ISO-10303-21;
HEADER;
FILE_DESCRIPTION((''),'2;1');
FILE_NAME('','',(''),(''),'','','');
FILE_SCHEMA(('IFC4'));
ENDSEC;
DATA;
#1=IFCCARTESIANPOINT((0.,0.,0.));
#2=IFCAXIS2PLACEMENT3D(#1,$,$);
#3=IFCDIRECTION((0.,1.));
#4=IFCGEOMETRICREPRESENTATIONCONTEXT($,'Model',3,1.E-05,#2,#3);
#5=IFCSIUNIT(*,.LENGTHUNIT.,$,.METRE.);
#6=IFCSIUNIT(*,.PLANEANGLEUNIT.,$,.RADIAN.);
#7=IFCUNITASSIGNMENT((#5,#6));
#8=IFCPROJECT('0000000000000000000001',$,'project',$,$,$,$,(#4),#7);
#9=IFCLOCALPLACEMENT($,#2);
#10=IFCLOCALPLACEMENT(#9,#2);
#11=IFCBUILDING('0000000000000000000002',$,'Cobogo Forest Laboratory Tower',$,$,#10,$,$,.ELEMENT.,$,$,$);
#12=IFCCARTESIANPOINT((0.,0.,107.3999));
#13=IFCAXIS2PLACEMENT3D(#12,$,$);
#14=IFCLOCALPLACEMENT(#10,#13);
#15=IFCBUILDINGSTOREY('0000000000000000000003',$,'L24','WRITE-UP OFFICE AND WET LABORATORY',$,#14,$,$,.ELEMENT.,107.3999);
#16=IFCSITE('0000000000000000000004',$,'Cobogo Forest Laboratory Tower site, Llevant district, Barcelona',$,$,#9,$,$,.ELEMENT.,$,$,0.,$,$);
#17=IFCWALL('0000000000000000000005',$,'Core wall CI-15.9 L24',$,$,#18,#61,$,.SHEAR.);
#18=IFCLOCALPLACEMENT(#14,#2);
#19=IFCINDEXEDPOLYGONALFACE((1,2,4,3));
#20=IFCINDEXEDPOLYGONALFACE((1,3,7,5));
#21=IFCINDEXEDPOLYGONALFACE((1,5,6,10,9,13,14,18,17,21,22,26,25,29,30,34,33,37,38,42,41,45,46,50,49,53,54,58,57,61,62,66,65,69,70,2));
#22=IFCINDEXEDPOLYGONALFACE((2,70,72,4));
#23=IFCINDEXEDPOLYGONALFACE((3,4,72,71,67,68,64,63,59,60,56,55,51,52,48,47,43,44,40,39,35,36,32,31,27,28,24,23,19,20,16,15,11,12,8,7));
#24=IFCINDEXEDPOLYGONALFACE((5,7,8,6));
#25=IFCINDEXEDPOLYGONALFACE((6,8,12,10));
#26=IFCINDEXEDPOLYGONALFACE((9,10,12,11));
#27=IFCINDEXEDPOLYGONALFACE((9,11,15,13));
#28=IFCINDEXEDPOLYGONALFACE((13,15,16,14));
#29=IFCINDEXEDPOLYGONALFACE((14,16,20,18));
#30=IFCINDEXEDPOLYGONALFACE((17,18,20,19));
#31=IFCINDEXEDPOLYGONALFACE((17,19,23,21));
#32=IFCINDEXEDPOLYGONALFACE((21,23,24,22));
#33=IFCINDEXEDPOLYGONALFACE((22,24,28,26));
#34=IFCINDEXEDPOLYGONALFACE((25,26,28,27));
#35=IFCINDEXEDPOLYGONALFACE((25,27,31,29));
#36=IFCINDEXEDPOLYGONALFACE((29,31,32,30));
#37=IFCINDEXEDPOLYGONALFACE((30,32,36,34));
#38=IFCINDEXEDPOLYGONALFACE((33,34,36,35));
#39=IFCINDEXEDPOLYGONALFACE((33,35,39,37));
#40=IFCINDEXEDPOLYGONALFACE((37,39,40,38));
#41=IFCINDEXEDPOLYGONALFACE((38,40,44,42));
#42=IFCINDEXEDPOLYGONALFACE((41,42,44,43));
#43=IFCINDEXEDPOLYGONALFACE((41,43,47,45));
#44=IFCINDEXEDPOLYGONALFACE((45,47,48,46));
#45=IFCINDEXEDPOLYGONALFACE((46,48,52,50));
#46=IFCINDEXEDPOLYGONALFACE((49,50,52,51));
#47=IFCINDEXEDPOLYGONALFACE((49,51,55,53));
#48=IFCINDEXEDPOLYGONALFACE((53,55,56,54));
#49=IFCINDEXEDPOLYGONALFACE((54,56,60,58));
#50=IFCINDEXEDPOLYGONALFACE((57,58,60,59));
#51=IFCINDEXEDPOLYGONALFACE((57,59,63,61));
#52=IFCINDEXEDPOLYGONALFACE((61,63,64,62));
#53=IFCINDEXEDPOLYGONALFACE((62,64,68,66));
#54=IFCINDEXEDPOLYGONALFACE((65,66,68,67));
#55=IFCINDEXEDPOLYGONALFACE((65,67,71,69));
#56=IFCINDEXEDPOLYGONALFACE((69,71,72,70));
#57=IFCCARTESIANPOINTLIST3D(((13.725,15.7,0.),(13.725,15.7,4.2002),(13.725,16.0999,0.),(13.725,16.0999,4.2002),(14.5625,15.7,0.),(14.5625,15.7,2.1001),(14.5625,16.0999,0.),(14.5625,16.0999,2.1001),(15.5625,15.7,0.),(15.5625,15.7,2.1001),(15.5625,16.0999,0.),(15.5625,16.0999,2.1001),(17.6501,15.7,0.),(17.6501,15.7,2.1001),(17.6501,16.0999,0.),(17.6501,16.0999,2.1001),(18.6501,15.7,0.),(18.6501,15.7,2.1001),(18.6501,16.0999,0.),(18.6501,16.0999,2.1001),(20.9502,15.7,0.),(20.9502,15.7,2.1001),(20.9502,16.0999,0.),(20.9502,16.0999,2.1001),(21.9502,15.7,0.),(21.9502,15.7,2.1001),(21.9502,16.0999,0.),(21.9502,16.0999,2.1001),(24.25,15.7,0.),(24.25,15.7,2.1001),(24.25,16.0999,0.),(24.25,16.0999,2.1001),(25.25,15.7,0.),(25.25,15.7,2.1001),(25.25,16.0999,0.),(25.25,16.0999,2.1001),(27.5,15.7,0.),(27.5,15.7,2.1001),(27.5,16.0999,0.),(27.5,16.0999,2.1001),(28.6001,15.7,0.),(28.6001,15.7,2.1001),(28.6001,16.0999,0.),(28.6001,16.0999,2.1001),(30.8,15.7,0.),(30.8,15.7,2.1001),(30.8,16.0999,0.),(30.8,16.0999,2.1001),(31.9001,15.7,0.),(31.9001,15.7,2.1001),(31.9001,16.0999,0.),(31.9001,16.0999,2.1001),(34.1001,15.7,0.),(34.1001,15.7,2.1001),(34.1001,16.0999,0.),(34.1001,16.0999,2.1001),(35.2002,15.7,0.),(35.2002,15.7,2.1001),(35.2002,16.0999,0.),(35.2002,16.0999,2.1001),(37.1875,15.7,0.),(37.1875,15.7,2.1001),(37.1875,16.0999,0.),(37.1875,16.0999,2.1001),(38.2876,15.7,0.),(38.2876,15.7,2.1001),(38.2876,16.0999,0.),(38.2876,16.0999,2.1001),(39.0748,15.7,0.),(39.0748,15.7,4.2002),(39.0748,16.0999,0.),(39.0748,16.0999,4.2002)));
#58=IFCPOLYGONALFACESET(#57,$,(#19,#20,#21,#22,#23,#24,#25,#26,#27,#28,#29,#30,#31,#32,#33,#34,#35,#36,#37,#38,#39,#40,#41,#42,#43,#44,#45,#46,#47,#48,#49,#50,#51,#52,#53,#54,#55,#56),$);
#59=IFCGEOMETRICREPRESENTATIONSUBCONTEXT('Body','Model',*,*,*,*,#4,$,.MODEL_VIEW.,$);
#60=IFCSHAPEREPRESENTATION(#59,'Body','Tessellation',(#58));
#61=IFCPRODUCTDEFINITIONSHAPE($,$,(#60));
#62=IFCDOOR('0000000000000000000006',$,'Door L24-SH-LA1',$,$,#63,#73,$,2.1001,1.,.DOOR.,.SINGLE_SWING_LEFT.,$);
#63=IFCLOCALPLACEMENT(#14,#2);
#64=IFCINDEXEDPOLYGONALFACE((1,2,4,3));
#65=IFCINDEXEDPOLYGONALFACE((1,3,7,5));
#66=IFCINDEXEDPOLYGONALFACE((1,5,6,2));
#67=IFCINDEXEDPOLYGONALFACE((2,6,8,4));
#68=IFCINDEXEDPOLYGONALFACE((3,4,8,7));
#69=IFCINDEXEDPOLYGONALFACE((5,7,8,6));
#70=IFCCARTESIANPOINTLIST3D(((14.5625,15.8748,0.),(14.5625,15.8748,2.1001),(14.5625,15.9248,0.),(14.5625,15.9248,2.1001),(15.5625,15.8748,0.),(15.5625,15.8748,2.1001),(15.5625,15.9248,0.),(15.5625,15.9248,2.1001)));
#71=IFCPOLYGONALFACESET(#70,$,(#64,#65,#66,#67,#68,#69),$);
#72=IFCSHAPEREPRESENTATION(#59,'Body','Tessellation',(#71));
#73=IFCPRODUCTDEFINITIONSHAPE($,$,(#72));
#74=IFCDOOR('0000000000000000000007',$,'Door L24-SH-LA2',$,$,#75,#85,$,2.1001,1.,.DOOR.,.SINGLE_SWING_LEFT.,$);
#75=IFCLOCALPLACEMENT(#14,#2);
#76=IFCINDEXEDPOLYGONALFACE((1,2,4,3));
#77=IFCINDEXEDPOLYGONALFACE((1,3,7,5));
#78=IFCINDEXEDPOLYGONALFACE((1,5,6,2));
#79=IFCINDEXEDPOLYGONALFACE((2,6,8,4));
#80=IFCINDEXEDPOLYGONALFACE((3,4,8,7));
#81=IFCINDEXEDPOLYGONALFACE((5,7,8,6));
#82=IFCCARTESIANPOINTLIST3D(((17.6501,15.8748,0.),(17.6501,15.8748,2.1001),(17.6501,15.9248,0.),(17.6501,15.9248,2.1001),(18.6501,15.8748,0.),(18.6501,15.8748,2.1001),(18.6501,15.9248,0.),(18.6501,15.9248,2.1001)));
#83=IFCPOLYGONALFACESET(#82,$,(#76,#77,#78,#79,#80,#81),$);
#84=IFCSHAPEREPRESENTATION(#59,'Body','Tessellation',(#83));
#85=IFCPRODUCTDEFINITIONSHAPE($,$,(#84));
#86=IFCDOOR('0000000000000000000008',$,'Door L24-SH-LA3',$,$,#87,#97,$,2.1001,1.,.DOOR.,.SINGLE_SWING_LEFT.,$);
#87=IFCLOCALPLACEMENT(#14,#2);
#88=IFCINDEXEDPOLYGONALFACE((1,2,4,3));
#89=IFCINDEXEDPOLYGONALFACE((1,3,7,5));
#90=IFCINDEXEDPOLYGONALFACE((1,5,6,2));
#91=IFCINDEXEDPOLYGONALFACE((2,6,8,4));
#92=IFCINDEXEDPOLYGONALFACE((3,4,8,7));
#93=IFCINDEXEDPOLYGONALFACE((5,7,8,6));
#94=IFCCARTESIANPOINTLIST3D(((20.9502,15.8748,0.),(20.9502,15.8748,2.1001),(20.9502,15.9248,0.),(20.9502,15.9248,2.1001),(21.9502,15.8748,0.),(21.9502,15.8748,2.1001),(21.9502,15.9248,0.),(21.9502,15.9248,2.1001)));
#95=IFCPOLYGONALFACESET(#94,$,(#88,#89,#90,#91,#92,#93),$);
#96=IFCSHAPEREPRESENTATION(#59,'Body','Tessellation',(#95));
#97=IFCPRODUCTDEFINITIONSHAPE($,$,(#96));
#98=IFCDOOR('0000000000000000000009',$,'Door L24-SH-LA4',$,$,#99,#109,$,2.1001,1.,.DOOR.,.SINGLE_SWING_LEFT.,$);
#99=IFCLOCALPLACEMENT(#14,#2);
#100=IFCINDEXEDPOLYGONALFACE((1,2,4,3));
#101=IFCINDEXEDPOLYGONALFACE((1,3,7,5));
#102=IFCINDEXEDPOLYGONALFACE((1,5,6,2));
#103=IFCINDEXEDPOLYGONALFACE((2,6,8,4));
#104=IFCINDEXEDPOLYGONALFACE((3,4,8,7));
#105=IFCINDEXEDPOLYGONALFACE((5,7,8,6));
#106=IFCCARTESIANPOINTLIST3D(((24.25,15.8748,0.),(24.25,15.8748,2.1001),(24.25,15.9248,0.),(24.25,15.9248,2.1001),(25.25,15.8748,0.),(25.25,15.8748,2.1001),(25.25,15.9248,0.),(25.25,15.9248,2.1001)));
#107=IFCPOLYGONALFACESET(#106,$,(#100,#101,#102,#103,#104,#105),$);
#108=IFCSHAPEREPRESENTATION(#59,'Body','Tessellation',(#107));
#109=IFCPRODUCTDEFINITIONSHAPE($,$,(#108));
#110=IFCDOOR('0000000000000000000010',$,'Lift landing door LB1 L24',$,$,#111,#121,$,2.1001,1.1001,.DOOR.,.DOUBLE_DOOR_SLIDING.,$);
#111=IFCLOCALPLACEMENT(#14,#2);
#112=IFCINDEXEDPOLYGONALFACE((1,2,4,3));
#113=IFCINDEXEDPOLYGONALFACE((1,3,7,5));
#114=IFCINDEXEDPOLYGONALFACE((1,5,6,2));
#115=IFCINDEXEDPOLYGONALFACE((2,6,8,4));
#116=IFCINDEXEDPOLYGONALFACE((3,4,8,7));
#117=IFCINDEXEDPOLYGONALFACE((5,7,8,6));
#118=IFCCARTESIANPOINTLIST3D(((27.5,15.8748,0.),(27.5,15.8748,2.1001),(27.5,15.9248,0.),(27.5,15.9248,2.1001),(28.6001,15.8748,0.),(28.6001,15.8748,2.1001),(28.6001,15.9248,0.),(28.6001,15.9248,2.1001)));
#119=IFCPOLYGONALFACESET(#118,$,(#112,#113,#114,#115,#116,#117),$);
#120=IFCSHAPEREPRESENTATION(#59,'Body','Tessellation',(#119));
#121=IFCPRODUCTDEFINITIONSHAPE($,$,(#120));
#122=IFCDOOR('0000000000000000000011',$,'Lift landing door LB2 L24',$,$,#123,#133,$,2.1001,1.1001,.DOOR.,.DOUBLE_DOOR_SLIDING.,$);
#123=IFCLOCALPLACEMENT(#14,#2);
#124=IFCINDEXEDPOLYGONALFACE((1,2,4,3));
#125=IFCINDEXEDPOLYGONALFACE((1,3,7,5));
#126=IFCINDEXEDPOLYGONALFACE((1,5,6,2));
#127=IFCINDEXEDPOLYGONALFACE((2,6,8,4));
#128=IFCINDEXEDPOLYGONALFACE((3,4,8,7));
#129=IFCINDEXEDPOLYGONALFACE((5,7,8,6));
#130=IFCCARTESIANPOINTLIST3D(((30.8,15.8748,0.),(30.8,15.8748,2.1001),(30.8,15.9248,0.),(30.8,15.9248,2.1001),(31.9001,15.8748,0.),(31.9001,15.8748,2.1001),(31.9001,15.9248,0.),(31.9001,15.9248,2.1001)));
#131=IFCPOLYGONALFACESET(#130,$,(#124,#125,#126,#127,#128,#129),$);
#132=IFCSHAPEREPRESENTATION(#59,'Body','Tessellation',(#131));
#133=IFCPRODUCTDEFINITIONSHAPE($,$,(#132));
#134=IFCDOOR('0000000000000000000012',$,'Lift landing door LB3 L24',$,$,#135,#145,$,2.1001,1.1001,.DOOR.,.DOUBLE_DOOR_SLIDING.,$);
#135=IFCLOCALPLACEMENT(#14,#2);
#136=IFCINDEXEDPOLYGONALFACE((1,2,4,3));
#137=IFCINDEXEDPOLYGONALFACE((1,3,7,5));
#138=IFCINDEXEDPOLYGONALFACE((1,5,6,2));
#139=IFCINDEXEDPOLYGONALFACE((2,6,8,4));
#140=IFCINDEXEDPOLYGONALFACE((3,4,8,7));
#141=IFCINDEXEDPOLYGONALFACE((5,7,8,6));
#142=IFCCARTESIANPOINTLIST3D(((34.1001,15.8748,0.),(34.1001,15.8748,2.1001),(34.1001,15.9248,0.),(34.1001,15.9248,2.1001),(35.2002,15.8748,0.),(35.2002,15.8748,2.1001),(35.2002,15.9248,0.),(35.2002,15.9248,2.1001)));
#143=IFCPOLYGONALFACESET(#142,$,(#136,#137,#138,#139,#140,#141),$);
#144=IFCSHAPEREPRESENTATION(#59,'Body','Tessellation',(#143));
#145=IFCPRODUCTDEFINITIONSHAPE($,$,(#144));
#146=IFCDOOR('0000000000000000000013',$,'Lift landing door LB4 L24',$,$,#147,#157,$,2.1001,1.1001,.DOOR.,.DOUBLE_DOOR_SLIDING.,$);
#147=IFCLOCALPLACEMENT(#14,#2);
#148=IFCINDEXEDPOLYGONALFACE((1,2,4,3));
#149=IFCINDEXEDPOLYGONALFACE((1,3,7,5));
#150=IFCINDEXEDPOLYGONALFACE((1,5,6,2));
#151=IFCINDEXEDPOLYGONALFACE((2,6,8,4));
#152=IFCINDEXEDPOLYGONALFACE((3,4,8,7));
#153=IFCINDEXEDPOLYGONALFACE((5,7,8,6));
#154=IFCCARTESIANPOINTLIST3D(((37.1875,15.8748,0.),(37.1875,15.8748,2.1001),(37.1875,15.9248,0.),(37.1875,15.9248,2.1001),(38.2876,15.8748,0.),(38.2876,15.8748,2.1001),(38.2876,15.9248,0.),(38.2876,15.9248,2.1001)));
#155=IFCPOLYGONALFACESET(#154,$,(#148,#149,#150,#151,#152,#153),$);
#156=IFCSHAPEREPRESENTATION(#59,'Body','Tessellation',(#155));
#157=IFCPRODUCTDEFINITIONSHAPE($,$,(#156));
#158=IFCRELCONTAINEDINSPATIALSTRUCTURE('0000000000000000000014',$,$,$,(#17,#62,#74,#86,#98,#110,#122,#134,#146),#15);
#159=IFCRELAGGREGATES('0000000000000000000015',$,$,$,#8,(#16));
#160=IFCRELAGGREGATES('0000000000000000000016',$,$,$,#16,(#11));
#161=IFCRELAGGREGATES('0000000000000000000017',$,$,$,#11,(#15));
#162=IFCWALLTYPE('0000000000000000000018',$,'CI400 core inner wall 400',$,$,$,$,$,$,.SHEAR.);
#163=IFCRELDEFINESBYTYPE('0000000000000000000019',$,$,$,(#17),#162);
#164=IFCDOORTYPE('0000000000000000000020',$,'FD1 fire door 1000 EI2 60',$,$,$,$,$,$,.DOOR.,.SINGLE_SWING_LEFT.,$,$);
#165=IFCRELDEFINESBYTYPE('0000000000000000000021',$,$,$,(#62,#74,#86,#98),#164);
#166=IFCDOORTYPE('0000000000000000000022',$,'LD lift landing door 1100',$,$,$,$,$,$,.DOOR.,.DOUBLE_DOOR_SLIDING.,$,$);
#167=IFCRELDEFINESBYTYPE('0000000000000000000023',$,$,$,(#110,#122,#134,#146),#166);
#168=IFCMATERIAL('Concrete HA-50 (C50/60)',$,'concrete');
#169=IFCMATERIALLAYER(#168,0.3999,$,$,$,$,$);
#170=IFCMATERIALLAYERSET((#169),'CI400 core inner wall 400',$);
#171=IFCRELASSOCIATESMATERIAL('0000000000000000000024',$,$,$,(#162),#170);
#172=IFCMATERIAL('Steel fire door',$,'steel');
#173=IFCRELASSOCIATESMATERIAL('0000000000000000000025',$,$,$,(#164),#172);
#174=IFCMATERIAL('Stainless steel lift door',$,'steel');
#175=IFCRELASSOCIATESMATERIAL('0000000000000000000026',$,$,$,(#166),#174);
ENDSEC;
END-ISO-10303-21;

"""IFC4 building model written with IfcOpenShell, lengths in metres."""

from ifc_helpers import new_model, si_unit, direction, frame, frame_2d, origin, place, context, subcontext, project, spatial, rectangle, extrude, material, layer, layer_set, type_object, element, fill, save


model = new_model("IFC4")

# Units and contexts
model_context = context("Model", 3, precision=1e-05, world=origin(), true_north=direction((0.0, 1.0)))
body_context = subcontext(model_context, "Body", "Model", "MODEL_VIEW")
ifc_project = project(units=[si_unit("LENGTHUNIT", "METRE"), si_unit("PLANEANGLEUNIT", "RADIAN")], contexts=[model_context])

# Site, building, storey
site_placement = place(None, origin())
site = spatial("IfcSite", under=ifc_project, at=site_placement, Name="Cobogo Forest Laboratory Tower site, Llevant district, Barcelona", CompositionType="ELEMENT", RefElevation=0.0)
building_placement = place(site_placement, origin())
building = spatial("IfcBuilding", under=site, at=building_placement, Name="Cobogo Forest Laboratory Tower", CompositionType="ELEMENT")
storey_placement = place(building_placement, frame((0.0, 0.0, 107.3999)))
storey = spatial("IfcBuildingStorey", under=building, at=storey_placement, Name="L24", Description="WRITE-UP OFFICE AND WET LABORATORY", CompositionType="ELEMENT", Elevation=107.3999)

# Wall, openings, doors
ifc_material_1 = material(Name="Concrete HA-50 (C50/60)", Category="concrete")
ifc_layer = layer(ifc_material_1, 0.3999)
ifc_layer_set = layer_set([ifc_layer], Name="CI400 core inner wall 400")
wall_type = type_object("IfcWallType", Name="CI400 core inner wall 400", PredefinedType="SHEAR", material=ifc_layer_set)
wall_1_placement = place(storey_placement, frame((13.7251, 15.8999, 0.0), z_axis=(0.0, 0.0, 1.0), x_axis=(1.0, 0.0, 0.0)))
wall_1 = element("IfcWall", 1, at=wall_1_placement, inside=storey, type_object=wall_type, Name="Core wall CI-15.9 L24", PredefinedType="SHEAR", context=body_context, shape_type="SweptSolid", body=[
    extrude(rectangle(XDim=25.3499, YDim=0.3999, at=frame_2d((12.6748, 0.0))), origin(), (0.0, 0.0, 1.0), 4.2002),
])
opening_1_placement = place(wall_1_placement, frame((0.8374, 0.0, 0.0)))
opening_1 = element("IfcOpeningElement", 2, at=opening_1_placement, cuts=wall_1, PredefinedType="OPENING", context=body_context, shape_type="SweptSolid", body=[
    extrude(rectangle(XDim=1.0, YDim=2.1001, at=frame_2d((0.5, 1.05))), frame((0.0, 0.21, 0.0), z_axis=(0.0, -1.0, 0.0), x_axis=(1.0, 0.0, 0.0)), (0.0, 0.0, 1.0), 0.4199),
])
opening_2_placement = place(wall_1_placement, frame((3.925, 0.0, 0.0)))
opening_2 = element("IfcOpeningElement", 3, at=opening_2_placement, cuts=wall_1, PredefinedType="OPENING", context=body_context, shape_type="SweptSolid", body=[
    extrude(rectangle(XDim=1.0, YDim=2.1001, at=frame_2d((0.5, 1.05))), frame((0.0, 0.21, 0.0), z_axis=(0.0, -1.0, 0.0), x_axis=(1.0, 0.0, 0.0)), (0.0, 0.0, 1.0), 0.4199),
])
opening_3_placement = place(wall_1_placement, frame((7.2251, 0.0, 0.0)))
opening_3 = element("IfcOpeningElement", 4, at=opening_3_placement, cuts=wall_1, PredefinedType="OPENING", context=body_context, shape_type="SweptSolid", body=[
    extrude(rectangle(XDim=1.0, YDim=2.1001, at=frame_2d((0.5, 1.05))), frame((0.0, 0.21, 0.0), z_axis=(0.0, -1.0, 0.0), x_axis=(1.0, 0.0, 0.0)), (0.0, 0.0, 1.0), 0.4199),
])
opening_4_placement = place(wall_1_placement, frame((10.5249, 0.0, 0.0)))
opening_4 = element("IfcOpeningElement", 5, at=opening_4_placement, cuts=wall_1, PredefinedType="OPENING", context=body_context, shape_type="SweptSolid", body=[
    extrude(rectangle(XDim=1.0, YDim=2.1001, at=frame_2d((0.5, 1.05))), frame((0.0, 0.21, 0.0), z_axis=(0.0, -1.0, 0.0), x_axis=(1.0, 0.0, 0.0)), (0.0, 0.0, 1.0), 0.4199),
])
opening_5_placement = place(wall_1_placement, frame((13.7749, 0.0, 0.0)))
opening_5 = element("IfcOpeningElement", 6, at=opening_5_placement, cuts=wall_1, PredefinedType="OPENING", context=body_context, shape_type="SweptSolid", body=[
    extrude(rectangle(XDim=1.1001, YDim=2.1001, at=frame_2d((0.55, 1.05))), frame((0.0, 0.21, 0.0), z_axis=(0.0, -1.0, 0.0), x_axis=(1.0, 0.0, 0.0)), (0.0, 0.0, 1.0), 0.4199),
])
opening_6_placement = place(wall_1_placement, frame((17.075, 0.0, 0.0)))
opening_6 = element("IfcOpeningElement", 7, at=opening_6_placement, cuts=wall_1, PredefinedType="OPENING", context=body_context, shape_type="SweptSolid", body=[
    extrude(rectangle(XDim=1.1001, YDim=2.1001, at=frame_2d((0.55, 1.05))), frame((0.0, 0.21, 0.0), z_axis=(0.0, -1.0, 0.0), x_axis=(1.0, 0.0, 0.0)), (0.0, 0.0, 1.0), 0.4199),
])
opening_7_placement = place(wall_1_placement, frame((20.375, 0.0, 0.0)))
opening_7 = element("IfcOpeningElement", 8, at=opening_7_placement, cuts=wall_1, PredefinedType="OPENING", context=body_context, shape_type="SweptSolid", body=[
    extrude(rectangle(XDim=1.1001, YDim=2.1001, at=frame_2d((0.55, 1.05))), frame((0.0, 0.21, 0.0), z_axis=(0.0, -1.0, 0.0), x_axis=(1.0, 0.0, 0.0)), (0.0, 0.0, 1.0), 0.4199),
])
opening_8_placement = place(wall_1_placement, frame((23.4624, 0.0, 0.0)))
opening_8 = element("IfcOpeningElement", 9, at=opening_8_placement, cuts=wall_1, PredefinedType="OPENING", context=body_context, shape_type="SweptSolid", body=[
    extrude(rectangle(XDim=1.1001, YDim=2.1001, at=frame_2d((0.55, 1.05))), frame((0.0, 0.21, 0.0), z_axis=(0.0, -1.0, 0.0), x_axis=(1.0, 0.0, 0.0)), (0.0, 0.0, 1.0), 0.4199),
])
ifc_material_2 = material(Name="Steel fire door", Category="steel")
door_type_1 = type_object("IfcDoorType", Name="FD1 fire door 1000 EI2 60", OperationType="SINGLE_SWING_LEFT", PredefinedType="DOOR", material=ifc_material_2)
door_1_placement = place(opening_1_placement, origin())
door_1 = element("IfcDoor", 10, at=door_1_placement, inside=storey, type_object=door_type_1, Name="Door L24-SH-LA1", OperationType="SINGLE_SWING_LEFT", OverallHeight=2.1001, OverallWidth=1.0, PredefinedType="DOOR", context=body_context, shape_type="SweptSolid", body=[
    extrude(rectangle(XDim=1.0, YDim=2.1001, at=frame_2d((0.5, 1.05))), frame((0.0, 0.0249, 0.0), z_axis=(0.0, -1.0, 0.0), x_axis=(1.0, 0.0, 0.0)), (0.0, 0.0, 1.0), 0.05),
])
fill(opening_1, door_1)
door_2_placement = place(opening_2_placement, origin())
door_2 = element("IfcDoor", 11, at=door_2_placement, inside=storey, type_object=door_type_1, Name="Door L24-SH-LA2", OperationType="SINGLE_SWING_LEFT", OverallHeight=2.1001, OverallWidth=1.0, PredefinedType="DOOR", context=body_context, shape_type="SweptSolid", body=[
    extrude(rectangle(XDim=1.0, YDim=2.1001, at=frame_2d((0.5, 1.05))), frame((0.0, 0.0249, 0.0), z_axis=(0.0, -1.0, 0.0), x_axis=(1.0, 0.0, 0.0)), (0.0, 0.0, 1.0), 0.05),
])
fill(opening_2, door_2)
door_3_placement = place(opening_3_placement, origin())
door_3 = element("IfcDoor", 12, at=door_3_placement, inside=storey, type_object=door_type_1, Name="Door L24-SH-LA3", OperationType="SINGLE_SWING_LEFT", OverallHeight=2.1001, OverallWidth=1.0, PredefinedType="DOOR", context=body_context, shape_type="SweptSolid", body=[
    extrude(rectangle(XDim=1.0, YDim=2.1001, at=frame_2d((0.5, 1.05))), frame((0.0, 0.0249, 0.0), z_axis=(0.0, -1.0, 0.0), x_axis=(1.0, 0.0, 0.0)), (0.0, 0.0, 1.0), 0.05),
])
fill(opening_3, door_3)
door_4_placement = place(opening_4_placement, origin())
door_4 = element("IfcDoor", 13, at=door_4_placement, inside=storey, type_object=door_type_1, Name="Door L24-SH-LA4", OperationType="SINGLE_SWING_LEFT", OverallHeight=2.1001, OverallWidth=1.0, PredefinedType="DOOR", context=body_context, shape_type="SweptSolid", body=[
    extrude(rectangle(XDim=1.0, YDim=2.1001, at=frame_2d((0.5, 1.05))), frame((0.0, 0.0249, 0.0), z_axis=(0.0, -1.0, 0.0), x_axis=(1.0, 0.0, 0.0)), (0.0, 0.0, 1.0), 0.05),
])
fill(opening_4, door_4)
ifc_material_3 = material(Name="Stainless steel lift door", Category="steel")
door_type_2 = type_object("IfcDoorType", Name="LD lift landing door 1100", OperationType="DOUBLE_DOOR_SLIDING", PredefinedType="DOOR", material=ifc_material_3)
door_5_placement = place(opening_5_placement, origin())
door_5 = element("IfcDoor", 14, at=door_5_placement, inside=storey, type_object=door_type_2, Name="Lift landing door LB1 L24", OperationType="DOUBLE_DOOR_SLIDING", OverallHeight=2.1001, OverallWidth=1.1001, PredefinedType="DOOR", context=body_context, shape_type="SweptSolid", body=[
    extrude(rectangle(XDim=1.1001, YDim=2.1001, at=frame_2d((0.55, 1.05))), frame((0.0, 0.0249, 0.0), z_axis=(0.0, -1.0, 0.0), x_axis=(1.0, 0.0, 0.0)), (0.0, 0.0, 1.0), 0.05),
])
fill(opening_5, door_5)
door_6_placement = place(opening_6_placement, origin())
door_6 = element("IfcDoor", 15, at=door_6_placement, inside=storey, type_object=door_type_2, Name="Lift landing door LB2 L24", OperationType="DOUBLE_DOOR_SLIDING", OverallHeight=2.1001, OverallWidth=1.1001, PredefinedType="DOOR", context=body_context, shape_type="SweptSolid", body=[
    extrude(rectangle(XDim=1.1001, YDim=2.1001, at=frame_2d((0.55, 1.05))), frame((0.0, 0.0249, 0.0), z_axis=(0.0, -1.0, 0.0), x_axis=(1.0, 0.0, 0.0)), (0.0, 0.0, 1.0), 0.05),
])
fill(opening_6, door_6)
door_7_placement = place(opening_7_placement, origin())
door_7 = element("IfcDoor", 16, at=door_7_placement, inside=storey, type_object=door_type_2, Name="Lift landing door LB3 L24", OperationType="DOUBLE_DOOR_SLIDING", OverallHeight=2.1001, OverallWidth=1.1001, PredefinedType="DOOR", context=body_context, shape_type="SweptSolid", body=[
    extrude(rectangle(XDim=1.1001, YDim=2.1001, at=frame_2d((0.55, 1.05))), frame((0.0, 0.0249, 0.0), z_axis=(0.0, -1.0, 0.0), x_axis=(1.0, 0.0, 0.0)), (0.0, 0.0, 1.0), 0.05),
])
fill(opening_7, door_7)
door_8_placement = place(opening_8_placement, origin())
door_8 = element("IfcDoor", 17, at=door_8_placement, inside=storey, type_object=door_type_2, Name="Lift landing door LB4 L24", OperationType="DOUBLE_DOOR_SLIDING", OverallHeight=2.1001, OverallWidth=1.1001, PredefinedType="DOOR", context=body_context, shape_type="SweptSolid", body=[
    extrude(rectangle(XDim=1.1001, YDim=2.1001, at=frame_2d((0.55, 1.05))), frame((0.0, 0.0249, 0.0), z_axis=(0.0, -1.0, 0.0), x_axis=(1.0, 0.0, 0.0)), (0.0, 0.0, 1.0), 0.05),
])
fill(opening_8, door_8)

save(model, "model.ifc")
